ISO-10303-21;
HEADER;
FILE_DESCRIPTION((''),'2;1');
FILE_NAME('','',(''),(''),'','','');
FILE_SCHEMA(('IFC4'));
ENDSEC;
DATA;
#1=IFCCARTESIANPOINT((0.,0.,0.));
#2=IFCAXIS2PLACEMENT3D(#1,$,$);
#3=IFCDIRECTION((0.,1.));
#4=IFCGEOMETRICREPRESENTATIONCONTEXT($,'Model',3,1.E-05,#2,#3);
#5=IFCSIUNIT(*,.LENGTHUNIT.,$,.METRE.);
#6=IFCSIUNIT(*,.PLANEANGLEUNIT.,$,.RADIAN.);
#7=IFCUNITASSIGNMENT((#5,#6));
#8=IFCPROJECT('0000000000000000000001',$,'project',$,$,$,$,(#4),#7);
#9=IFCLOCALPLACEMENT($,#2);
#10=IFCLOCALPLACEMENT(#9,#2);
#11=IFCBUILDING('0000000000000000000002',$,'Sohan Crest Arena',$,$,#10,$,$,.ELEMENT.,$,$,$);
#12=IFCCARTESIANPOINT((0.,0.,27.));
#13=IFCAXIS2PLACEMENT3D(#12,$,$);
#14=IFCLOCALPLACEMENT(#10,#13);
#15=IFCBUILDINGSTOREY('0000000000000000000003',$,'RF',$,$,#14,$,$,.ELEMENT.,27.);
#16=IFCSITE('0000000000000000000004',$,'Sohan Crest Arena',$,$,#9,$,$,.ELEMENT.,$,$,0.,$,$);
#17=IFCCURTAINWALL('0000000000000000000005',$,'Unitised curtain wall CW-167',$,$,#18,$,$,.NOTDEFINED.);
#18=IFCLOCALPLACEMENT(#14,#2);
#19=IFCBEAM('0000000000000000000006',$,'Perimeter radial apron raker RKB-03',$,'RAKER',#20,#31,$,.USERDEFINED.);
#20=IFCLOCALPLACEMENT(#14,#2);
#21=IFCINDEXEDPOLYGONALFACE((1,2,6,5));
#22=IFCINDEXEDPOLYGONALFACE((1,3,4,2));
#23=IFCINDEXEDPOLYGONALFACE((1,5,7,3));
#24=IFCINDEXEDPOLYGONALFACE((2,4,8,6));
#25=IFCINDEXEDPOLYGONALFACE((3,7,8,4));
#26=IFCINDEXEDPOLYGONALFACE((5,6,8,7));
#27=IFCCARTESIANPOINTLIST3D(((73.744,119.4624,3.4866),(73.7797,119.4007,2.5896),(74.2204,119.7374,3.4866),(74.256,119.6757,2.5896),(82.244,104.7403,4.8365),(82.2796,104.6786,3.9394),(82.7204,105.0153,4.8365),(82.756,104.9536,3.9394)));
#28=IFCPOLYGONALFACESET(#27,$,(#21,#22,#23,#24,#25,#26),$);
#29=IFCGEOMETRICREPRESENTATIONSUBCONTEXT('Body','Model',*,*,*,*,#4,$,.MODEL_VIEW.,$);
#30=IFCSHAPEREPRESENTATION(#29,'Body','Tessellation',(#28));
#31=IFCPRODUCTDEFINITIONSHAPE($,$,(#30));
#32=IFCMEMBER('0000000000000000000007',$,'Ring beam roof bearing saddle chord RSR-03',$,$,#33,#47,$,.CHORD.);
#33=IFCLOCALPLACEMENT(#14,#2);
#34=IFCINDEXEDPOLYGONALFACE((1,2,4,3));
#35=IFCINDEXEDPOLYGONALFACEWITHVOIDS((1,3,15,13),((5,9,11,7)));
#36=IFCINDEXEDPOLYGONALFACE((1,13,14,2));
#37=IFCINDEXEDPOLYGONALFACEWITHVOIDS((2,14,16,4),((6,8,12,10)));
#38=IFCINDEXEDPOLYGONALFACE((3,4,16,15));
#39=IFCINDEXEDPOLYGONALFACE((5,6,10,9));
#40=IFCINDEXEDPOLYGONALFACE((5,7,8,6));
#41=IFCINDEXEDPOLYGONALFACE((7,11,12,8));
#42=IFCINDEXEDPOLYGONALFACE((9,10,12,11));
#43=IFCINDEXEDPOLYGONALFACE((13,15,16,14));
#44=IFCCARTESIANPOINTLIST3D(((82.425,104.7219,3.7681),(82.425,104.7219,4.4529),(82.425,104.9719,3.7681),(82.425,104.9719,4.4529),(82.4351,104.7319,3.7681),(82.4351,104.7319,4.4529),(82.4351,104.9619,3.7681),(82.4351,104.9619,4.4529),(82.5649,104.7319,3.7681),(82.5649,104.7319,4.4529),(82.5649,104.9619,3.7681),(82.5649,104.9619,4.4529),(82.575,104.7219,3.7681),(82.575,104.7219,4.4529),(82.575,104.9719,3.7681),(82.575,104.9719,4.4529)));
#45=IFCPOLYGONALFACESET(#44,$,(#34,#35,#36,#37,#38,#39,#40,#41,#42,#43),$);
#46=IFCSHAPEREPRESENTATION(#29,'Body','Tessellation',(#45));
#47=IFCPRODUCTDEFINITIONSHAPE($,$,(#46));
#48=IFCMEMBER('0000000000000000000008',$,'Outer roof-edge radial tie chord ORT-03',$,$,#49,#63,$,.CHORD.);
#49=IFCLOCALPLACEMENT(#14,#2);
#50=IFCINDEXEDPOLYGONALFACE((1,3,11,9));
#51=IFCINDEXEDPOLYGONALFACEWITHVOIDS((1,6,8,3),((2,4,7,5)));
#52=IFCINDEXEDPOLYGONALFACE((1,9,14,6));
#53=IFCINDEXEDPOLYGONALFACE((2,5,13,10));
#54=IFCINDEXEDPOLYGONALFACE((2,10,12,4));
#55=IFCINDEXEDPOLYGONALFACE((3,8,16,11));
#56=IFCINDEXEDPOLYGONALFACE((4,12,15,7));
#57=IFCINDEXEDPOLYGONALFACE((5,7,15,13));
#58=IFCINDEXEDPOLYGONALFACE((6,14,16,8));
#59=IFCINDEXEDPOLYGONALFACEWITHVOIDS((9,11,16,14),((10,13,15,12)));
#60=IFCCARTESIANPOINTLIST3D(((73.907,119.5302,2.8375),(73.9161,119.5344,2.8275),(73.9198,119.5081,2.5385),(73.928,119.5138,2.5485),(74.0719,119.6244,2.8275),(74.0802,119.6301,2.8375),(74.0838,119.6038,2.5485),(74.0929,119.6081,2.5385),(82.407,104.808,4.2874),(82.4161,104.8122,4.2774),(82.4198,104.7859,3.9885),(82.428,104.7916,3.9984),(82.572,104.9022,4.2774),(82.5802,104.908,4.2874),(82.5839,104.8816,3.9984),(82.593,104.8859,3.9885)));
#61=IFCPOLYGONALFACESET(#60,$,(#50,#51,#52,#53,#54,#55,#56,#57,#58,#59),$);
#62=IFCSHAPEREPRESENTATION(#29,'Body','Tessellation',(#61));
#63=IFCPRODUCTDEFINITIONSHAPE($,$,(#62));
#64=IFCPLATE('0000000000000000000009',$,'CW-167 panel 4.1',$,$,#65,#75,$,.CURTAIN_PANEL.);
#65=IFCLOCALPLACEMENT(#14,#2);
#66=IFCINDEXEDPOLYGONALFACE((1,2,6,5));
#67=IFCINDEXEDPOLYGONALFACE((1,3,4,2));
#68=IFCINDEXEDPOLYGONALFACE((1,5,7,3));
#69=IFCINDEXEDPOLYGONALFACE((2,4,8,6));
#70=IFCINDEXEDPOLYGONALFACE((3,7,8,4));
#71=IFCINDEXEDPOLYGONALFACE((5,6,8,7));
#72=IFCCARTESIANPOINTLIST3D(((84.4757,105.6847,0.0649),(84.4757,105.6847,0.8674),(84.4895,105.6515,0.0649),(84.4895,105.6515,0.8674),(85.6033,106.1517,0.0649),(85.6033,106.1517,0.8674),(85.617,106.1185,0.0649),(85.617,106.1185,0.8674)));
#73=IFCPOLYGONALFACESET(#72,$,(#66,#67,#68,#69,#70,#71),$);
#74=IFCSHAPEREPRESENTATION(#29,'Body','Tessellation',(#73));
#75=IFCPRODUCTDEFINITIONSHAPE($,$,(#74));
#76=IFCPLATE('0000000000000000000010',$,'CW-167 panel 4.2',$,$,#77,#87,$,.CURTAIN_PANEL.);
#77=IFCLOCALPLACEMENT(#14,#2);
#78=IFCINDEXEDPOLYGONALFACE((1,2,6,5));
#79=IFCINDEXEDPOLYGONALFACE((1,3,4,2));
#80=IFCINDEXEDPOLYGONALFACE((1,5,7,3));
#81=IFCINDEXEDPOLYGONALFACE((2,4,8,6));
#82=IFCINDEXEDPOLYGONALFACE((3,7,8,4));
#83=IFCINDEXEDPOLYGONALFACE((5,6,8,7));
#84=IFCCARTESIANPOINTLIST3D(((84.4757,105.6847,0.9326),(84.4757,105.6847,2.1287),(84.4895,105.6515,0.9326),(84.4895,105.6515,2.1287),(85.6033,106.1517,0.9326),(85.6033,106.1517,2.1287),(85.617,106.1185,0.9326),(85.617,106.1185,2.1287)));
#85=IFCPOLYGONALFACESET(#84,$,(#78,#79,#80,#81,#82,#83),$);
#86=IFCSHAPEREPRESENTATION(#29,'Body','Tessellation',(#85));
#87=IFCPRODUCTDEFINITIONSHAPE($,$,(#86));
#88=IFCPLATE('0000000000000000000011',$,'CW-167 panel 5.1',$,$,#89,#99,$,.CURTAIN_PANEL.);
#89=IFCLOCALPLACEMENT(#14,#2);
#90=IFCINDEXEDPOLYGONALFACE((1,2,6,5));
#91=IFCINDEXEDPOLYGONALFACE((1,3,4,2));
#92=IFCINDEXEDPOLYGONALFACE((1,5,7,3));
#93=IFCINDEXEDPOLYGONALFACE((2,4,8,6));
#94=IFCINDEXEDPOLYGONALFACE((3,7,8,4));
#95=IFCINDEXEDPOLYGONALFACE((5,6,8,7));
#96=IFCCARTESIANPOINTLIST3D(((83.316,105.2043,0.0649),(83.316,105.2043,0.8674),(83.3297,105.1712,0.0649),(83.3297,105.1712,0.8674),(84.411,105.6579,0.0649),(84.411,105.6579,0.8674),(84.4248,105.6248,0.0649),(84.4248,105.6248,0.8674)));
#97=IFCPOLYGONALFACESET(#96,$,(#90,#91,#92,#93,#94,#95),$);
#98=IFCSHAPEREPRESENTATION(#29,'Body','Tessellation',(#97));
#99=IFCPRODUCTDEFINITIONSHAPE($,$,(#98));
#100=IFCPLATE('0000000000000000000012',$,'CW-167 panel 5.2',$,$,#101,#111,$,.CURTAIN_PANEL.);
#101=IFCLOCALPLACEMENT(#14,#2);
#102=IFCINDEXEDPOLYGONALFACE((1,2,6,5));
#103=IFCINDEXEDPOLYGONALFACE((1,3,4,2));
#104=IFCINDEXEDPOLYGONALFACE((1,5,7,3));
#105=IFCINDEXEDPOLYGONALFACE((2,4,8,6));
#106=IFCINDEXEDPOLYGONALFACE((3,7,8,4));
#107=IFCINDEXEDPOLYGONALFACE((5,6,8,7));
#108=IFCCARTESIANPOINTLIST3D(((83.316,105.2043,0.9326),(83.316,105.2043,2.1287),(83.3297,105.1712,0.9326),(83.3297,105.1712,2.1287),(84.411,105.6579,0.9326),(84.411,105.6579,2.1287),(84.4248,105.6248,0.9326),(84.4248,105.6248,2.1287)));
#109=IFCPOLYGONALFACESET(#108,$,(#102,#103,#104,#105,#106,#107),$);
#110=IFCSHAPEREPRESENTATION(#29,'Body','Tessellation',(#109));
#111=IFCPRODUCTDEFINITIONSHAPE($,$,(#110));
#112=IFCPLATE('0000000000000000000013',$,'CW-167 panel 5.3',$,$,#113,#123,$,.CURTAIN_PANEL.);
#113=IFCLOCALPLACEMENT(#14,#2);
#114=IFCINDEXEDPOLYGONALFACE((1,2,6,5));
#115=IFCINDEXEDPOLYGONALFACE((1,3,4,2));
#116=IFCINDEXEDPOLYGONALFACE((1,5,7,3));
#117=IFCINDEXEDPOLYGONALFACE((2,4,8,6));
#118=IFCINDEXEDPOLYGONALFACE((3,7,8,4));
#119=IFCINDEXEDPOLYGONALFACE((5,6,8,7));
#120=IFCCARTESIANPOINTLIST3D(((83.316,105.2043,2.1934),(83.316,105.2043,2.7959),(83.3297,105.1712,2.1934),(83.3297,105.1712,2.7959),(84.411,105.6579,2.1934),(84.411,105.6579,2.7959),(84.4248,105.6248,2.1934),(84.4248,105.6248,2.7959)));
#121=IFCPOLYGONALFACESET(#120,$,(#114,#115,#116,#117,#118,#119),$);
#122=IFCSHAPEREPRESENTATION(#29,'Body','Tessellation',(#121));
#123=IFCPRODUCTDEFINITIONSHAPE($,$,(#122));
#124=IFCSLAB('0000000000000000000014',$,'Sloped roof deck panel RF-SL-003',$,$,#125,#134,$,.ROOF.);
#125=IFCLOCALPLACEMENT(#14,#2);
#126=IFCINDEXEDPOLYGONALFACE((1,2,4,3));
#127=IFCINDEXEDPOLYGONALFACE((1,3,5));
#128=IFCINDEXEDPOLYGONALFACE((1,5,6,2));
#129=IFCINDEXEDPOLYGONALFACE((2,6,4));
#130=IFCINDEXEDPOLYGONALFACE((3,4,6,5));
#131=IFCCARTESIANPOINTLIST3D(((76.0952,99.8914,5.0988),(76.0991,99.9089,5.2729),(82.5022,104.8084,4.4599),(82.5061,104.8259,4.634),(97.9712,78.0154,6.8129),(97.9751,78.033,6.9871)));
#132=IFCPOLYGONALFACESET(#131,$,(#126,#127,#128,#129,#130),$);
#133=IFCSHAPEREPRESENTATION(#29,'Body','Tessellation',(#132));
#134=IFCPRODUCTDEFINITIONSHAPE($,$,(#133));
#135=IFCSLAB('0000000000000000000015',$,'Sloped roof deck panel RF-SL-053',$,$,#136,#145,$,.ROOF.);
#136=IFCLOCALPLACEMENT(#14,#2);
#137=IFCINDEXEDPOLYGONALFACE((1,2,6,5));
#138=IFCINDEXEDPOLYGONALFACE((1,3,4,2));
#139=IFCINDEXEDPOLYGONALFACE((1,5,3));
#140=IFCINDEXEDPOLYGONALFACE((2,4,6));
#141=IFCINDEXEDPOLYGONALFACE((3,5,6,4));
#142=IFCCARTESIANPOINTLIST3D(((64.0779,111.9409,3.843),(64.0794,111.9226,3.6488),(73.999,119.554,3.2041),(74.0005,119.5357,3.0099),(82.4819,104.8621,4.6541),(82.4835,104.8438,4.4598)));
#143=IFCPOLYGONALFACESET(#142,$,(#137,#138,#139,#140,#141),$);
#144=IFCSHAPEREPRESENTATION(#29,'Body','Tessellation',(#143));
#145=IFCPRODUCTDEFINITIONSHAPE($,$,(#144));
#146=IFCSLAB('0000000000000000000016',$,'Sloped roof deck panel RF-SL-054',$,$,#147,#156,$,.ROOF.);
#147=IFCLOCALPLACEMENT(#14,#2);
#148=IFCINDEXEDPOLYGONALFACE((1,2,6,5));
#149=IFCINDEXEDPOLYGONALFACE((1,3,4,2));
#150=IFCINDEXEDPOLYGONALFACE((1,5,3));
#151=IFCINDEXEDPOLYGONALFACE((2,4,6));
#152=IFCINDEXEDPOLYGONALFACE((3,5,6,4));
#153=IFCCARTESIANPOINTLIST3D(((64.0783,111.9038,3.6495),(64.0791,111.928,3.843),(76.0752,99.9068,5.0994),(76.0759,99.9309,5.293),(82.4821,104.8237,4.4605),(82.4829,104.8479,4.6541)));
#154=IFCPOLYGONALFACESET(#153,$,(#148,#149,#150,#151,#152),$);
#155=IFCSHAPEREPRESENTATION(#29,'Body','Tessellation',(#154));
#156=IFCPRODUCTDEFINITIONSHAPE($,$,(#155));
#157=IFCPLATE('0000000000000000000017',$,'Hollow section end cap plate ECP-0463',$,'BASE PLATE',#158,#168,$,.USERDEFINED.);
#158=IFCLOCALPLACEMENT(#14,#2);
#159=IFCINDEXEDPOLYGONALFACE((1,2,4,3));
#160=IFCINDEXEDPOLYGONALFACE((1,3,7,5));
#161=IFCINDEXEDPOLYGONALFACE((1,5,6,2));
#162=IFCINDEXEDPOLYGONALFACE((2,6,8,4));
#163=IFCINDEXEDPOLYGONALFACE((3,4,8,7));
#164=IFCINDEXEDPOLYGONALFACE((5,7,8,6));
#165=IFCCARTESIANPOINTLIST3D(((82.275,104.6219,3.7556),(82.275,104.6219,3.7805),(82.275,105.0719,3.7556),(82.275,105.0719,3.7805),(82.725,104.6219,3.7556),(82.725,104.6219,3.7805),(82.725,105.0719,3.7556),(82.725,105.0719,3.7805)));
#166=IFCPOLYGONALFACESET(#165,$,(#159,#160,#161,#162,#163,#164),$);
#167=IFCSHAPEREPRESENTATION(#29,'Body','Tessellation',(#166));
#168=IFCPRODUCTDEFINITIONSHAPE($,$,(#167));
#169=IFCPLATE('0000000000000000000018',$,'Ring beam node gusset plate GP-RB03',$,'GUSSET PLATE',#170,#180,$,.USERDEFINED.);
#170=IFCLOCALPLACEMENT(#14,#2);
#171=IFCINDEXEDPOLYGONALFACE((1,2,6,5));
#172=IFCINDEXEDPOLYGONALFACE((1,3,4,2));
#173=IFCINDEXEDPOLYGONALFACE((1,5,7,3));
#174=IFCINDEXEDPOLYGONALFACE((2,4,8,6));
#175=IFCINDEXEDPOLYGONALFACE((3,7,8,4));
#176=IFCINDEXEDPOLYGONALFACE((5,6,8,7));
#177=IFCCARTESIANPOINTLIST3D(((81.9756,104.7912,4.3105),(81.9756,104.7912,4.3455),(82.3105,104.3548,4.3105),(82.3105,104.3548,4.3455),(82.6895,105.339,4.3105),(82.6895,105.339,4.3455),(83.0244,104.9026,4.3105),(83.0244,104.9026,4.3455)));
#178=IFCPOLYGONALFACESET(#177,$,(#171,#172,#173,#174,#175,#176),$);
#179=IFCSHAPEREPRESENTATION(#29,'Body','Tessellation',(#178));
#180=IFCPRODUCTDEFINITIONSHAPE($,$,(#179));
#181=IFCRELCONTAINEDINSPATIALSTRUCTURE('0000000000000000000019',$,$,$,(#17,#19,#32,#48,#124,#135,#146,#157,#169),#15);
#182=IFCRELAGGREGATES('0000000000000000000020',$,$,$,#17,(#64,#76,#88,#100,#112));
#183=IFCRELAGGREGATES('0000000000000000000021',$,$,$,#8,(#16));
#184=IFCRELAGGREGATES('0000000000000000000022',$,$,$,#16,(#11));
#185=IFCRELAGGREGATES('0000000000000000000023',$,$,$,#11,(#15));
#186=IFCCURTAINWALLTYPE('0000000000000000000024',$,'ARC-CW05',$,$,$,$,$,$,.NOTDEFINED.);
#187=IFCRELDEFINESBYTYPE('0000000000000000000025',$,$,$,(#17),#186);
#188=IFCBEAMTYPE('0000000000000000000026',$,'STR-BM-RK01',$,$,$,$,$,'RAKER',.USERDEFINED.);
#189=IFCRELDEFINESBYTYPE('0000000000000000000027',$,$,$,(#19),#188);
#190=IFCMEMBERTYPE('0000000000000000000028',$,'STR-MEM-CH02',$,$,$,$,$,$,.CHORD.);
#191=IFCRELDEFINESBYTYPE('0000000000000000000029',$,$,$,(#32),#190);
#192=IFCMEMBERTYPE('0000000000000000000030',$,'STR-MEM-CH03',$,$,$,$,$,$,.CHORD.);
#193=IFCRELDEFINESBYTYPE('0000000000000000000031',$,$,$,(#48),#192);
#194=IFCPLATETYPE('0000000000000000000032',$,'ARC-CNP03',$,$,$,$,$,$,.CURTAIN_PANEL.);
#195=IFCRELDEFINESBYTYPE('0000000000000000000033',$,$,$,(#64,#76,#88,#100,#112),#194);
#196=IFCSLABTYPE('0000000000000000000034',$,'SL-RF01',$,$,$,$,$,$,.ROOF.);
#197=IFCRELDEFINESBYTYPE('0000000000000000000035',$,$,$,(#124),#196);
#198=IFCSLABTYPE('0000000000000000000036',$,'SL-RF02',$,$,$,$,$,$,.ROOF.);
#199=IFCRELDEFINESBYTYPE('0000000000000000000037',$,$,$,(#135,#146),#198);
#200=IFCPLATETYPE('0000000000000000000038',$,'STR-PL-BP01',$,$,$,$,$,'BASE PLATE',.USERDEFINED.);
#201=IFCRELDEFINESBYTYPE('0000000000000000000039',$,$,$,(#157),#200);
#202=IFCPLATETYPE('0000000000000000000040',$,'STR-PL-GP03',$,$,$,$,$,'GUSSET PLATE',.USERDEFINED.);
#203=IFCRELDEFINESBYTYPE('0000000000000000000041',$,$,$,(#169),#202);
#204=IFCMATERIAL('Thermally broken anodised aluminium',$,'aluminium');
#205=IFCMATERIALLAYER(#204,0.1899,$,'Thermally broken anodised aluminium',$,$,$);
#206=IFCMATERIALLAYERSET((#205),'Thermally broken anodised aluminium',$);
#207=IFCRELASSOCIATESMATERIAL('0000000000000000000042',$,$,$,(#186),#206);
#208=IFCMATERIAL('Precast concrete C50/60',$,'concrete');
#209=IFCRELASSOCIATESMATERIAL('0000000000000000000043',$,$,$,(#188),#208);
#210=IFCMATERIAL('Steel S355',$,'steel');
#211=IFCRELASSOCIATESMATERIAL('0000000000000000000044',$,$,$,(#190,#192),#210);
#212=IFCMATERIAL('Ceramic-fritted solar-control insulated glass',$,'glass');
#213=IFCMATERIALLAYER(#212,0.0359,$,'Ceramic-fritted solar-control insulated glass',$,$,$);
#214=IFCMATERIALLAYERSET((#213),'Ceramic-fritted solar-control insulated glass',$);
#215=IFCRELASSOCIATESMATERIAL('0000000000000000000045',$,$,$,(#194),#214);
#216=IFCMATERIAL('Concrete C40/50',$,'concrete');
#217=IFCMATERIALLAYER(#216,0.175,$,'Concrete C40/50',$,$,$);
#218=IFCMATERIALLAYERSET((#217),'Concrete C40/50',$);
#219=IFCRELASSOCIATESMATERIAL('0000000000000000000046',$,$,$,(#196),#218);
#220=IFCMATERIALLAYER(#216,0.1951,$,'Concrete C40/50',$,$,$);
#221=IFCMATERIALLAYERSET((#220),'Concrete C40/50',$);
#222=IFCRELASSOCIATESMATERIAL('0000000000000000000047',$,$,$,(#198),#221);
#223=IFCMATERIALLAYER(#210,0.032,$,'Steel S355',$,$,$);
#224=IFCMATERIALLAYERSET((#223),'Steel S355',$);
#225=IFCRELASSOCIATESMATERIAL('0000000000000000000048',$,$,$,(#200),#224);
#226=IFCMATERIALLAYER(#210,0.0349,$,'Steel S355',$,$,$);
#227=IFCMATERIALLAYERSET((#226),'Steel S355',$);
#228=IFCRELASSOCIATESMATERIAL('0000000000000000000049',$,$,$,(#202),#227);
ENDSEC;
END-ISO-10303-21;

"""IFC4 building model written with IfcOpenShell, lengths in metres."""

from ifc_helpers import new_model, si_unit, direction, frame, origin, origin_2d, place, context, subcontext, project, spatial, polyline, rectangle, hollow_rectangle, outline, extrude, material, layer, layer_set, material_profile, profile_set, type_object, element, aggregate, save


model = new_model("IFC4")

# Units and contexts
model_context = context("Model", 3, precision=1e-05, world=origin(), true_north=direction((0.0, 1.0)))
body_context = subcontext(model_context, "Body", "Model", "MODEL_VIEW")
ifc_project = project(units=[si_unit("LENGTHUNIT", "METRE"), si_unit("PLANEANGLEUNIT", "RADIAN")], contexts=[model_context])

# Site, building, storey
site_placement = place(None, origin())
site = spatial("IfcSite", under=ifc_project, at=site_placement, Name="Sohan Crest Arena", CompositionType="ELEMENT", RefElevation=0.0)
building_placement = place(site_placement, origin())
building = spatial("IfcBuilding", under=site, at=building_placement, Name="Sohan Crest Arena", CompositionType="ELEMENT")
storey_placement = place(building_placement, frame((0.0, 0.0, 27.0)))
storey = spatial("IfcBuildingStorey", under=building, at=storey_placement, Name="RF", CompositionType="ELEMENT", Elevation=27.0)

# Shared definitions
ifc_material_1 = material(Name="Concrete C40/50", Category="concrete")

# Curtain wall
ifc_material_2 = material(Name="Thermally broken anodised aluminium", Category="aluminium")
ifc_layer_1 = layer(ifc_material_2, 0.1899, Name="Thermally broken anodised aluminium")
ifc_layer_set_1 = layer_set([ifc_layer_1], Name="Thermally broken anodised aluminium")
curtain_wall_type = type_object("IfcCurtainWallType", Name="ARC-CW05", PredefinedType="NOTDEFINED", material=ifc_layer_set_1)
curtain_wall_1_placement = place(storey_placement, origin())
curtain_wall_1 = element("IfcCurtainWall", 1, at=curtain_wall_1_placement, inside=storey, type_object=curtain_wall_type, Name="Unitised curtain wall CW-167", PredefinedType="NOTDEFINED")

# Beam
ifc_material_3 = material(Name="Steel S355", Category="steel")
ifc_material_4 = material(Name="Precast concrete C50/60", Category="concrete")
ifc_material_profile_1 = material_profile(ifc_material_4, rectangle(XDim=0.55, YDim=0.8999, at=origin_2d()), Name="RAKER 550x900")
ifc_profile_set_1 = profile_set([ifc_material_profile_1], Name="Precast concrete C50/60")
beam_type_1 = type_object("IfcBeamType", Name="STR-BM-RK01", ElementType="RAKER", PredefinedType="USERDEFINED", material=ifc_profile_set_1)
beam_1_placement = place(storey_placement, frame((82.5, 104.8469, 4.3879), z_axis=(-0.498438, 0.863304, -0.079155), x_axis=(-0.866022, -0.500007, 0.0)))
element("IfcBeam", 2, at=beam_1_placement, inside=storey, type_object=beam_type_1, Name="Perimeter radial apron raker RKB-03", ObjectType="RAKER", PredefinedType="USERDEFINED", context=body_context, shape_type="SweptSolid", body=[
    extrude(rectangle(XDim=0.55, YDim=0.8999, at=origin_2d()), origin(), (0.0, 0.0, 1.0), 17.0532),
])

# Members
ifc_material_profile_2 = material_profile(ifc_material_3, hollow_rectangle(XDim=0.1499, YDim=0.25, WallThickness=0.01, at=origin_2d()), Name="RHS 250x150x10")
ifc_profile_set_2 = profile_set([ifc_material_profile_2], Name="Steel S355")
member_type_1 = type_object("IfcMemberType", Name="STR-MEM-CH02", PredefinedType="CHORD", material=ifc_profile_set_2)
member_1_placement = place(storey_placement, frame((82.5, 104.8469, 3.7681), z_axis=(0.0, 0.0, 1.0), x_axis=(1.0, 0.0, 0.0)))
element("IfcMember", 3, at=member_1_placement, inside=storey, type_object=member_type_1, Name="Ring beam roof bearing saddle chord RSR-03", PredefinedType="CHORD", context=body_context, shape_type="SweptSolid", body=[
    extrude(hollow_rectangle(XDim=0.1499, YDim=0.25, WallThickness=0.01, at=origin_2d()), origin(), (0.0, 0.0, 1.0), 0.6848),
])
ifc_material_profile_3 = material_profile(ifc_material_3, hollow_rectangle(XDim=0.2, YDim=0.3, WallThickness=0.01, at=origin_2d()), Name="RHS 300x200x10")
ifc_profile_set_3 = profile_set([ifc_material_profile_3], Name="Steel S355")
member_type_2 = type_object("IfcMemberType", Name="STR-MEM-CH03", PredefinedType="CHORD", material=ifc_profile_set_3)
member_2_placement = place(storey_placement, frame((82.5, 104.8469, 4.1379), z_axis=(-0.498198, 0.862889, -0.084984), x_axis=(-0.866022, -0.500007, 0.0)))
element("IfcMember", 4, at=member_2_placement, inside=storey, type_object=member_type_2, Name="Outer roof-edge radial tie chord ORT-03", PredefinedType="CHORD", context=body_context, shape_type="SweptSolid", body=[
    extrude(hollow_rectangle(XDim=0.2, YDim=0.3, WallThickness=0.01, at=origin_2d()), origin(), (0.0, 0.0, 1.0), 17.0615),
])

# Plates
ifc_material_5 = material(Name="Ceramic-fritted solar-control insulated glass", Category="glass")
ifc_layer_2 = layer(ifc_material_5, 0.0359, Name="Ceramic-fritted solar-control insulated glass")
ifc_layer_set_2 = layer_set([ifc_layer_2], Name="Ceramic-fritted solar-control insulated glass")
plate_type_1 = type_object("IfcPlateType", Name="ARC-CNP03", PredefinedType="CURTAIN_PANEL", material=ifc_layer_set_2)
plate_1_placement = place(storey_placement, frame((85.0464, 105.9016, 0.0649), z_axis=(0.0, 0.0, 1.0), x_axis=(-0.923886, -0.382667, 0.0)))
plate_1 = element("IfcPlate", 5, at=plate_1_placement, type_object=plate_type_1, Name="CW-167 panel 4.1", PredefinedType="CURTAIN_PANEL", context=body_context, shape_type="SweptSolid", body=[
    extrude(rectangle(XDim=1.2205, YDim=0.0359, at=origin_2d()), origin(), (0.0, 0.0, 1.0), 0.8025),
])
plate_2_placement = place(storey_placement, frame((85.0464, 105.9016, 0.9326), z_axis=(0.0, 0.0, 1.0), x_axis=(-0.923886, -0.382667, 0.0)))
plate_2 = element("IfcPlate", 6, at=plate_2_placement, type_object=plate_type_1, Name="CW-167 panel 4.2", PredefinedType="CURTAIN_PANEL", context=body_context, shape_type="SweptSolid", body=[
    extrude(rectangle(XDim=1.2205, YDim=0.0359, at=origin_2d()), origin(), (0.0, 0.0, 1.0), 1.196),
])
plate_3_placement = place(storey_placement, frame((83.8704, 105.4146, 0.0649), z_axis=(0.0, 0.0, 1.0), x_axis=(-0.923886, -0.382667, 0.0)))
plate_3 = element("IfcPlate", 7, at=plate_3_placement, type_object=plate_type_1, Name="CW-167 panel 5.1", PredefinedType="CURTAIN_PANEL", context=body_context, shape_type="SweptSolid", body=[
    extrude(rectangle(XDim=1.1853, YDim=0.0359, at=origin_2d()), origin(), (0.0, 0.0, 1.0), 0.8025),
])
plate_4_placement = place(storey_placement, frame((83.8704, 105.4146, 0.9326), z_axis=(0.0, 0.0, 1.0), x_axis=(-0.923886, -0.382667, 0.0)))
plate_4 = element("IfcPlate", 8, at=plate_4_placement, type_object=plate_type_1, Name="CW-167 panel 5.2", PredefinedType="CURTAIN_PANEL", context=body_context, shape_type="SweptSolid", body=[
    extrude(rectangle(XDim=1.1853, YDim=0.0359, at=origin_2d()), origin(), (0.0, 0.0, 1.0), 1.196),
])
plate_5_placement = place(storey_placement, frame((83.8704, 105.4146, 2.1934), z_axis=(0.0, 0.0, 1.0), x_axis=(-0.923886, -0.382667, 0.0)))
plate_5 = element("IfcPlate", 9, at=plate_5_placement, type_object=plate_type_1, Name="CW-167 panel 5.3", PredefinedType="CURTAIN_PANEL", context=body_context, shape_type="SweptSolid", body=[
    extrude(rectangle(XDim=1.1853, YDim=0.0359, at=origin_2d()), origin(), (0.0, 0.0, 1.0), 0.6025),
])
aggregate(curtain_wall_1, [plate_1, plate_2, plate_3, plate_4, plate_5])

# Slabs
ifc_layer_3 = layer(ifc_material_1, 0.175, Name="Concrete C40/50")
ifc_layer_set_3 = layer_set([ifc_layer_3], Name="Concrete C40/50")
slab_type_1 = type_object("IfcSlabType", Name="SL-RF01", PredefinedType="ROOF", material=ifc_layer_set_3)
slab_1_placement = place(storey_placement, frame((82.5061, 104.8259, 4.634), z_axis=(0.02228, 0.100222, 0.994716), x_axis=(-0.790838, -0.606923, 0.078864)))
element("IfcSlab", 10, at=slab_1_placement, inside=storey, type_object=slab_type_1, Name="Sloped roof deck panel RF-SL-003", PredefinedType="ROOF", context=body_context, shape_type="SweptSolid", body=[
    extrude(outline(polyline([(0.0, 0.0), (8.1015, 0.0), (4.2134, 30.7398), (0.0, 0.0)])), origin(), (0.0, 0.0, -1.0), 0.175),
])
ifc_layer_4 = layer(ifc_material_1, 0.1951, Name="Concrete C40/50")
ifc_layer_set_4 = layer_set([ifc_layer_4], Name="Concrete C40/50")
slab_type_2 = type_object("IfcSlabType", Name="SL-RF02", PredefinedType="ROOF", material=ifc_layer_set_4)
slab_2_placement = place(storey_placement, frame((82.4819, 104.8621, 4.6541), z_axis=(-0.007817, 0.093739, 0.995566), x_axis=(-0.498208, 0.862866, -0.085157)))
element("IfcSlab", 11, at=slab_2_placement, inside=storey, type_object=slab_type_2, Name="Sloped roof deck panel RF-SL-053", PredefinedType="ROOF", context=body_context, shape_type="SweptSolid", body=[
    extrude(outline(polyline([(0.0, 0.0), (17.0269, 0.0), (15.3462, 12.4085), (0.0, 0.0)])), origin(), (0.0, 0.0, -1.0), 0.1951),
])
slab_3_placement = place(storey_placement, frame((82.4829, 104.8479, 4.6541), z_axis=(0.003913, 0.12384, 0.992294), x_axis=(-0.932528, 0.35875, -0.041095)))
element("IfcSlab", 12, at=slab_3_placement, inside=storey, type_object=slab_type_2, Name="Sloped roof deck panel RF-SL-054", PredefinedType="ROOF", context=body_context, shape_type="SweptSolid", body=[
    extrude(outline(polyline([(0.0, 0.0), (19.7354, 0.0), (4.1845, 6.9372), (0.0, 0.0)])), origin(), (0.0, 0.0, -1.0), 0.1951),
])

# Plates
ifc_layer_5 = layer(ifc_material_3, 0.032, Name="Steel S355")
ifc_layer_set_5 = layer_set([ifc_layer_5], Name="Steel S355")
plate_type_2 = type_object("IfcPlateType", Name="STR-PL-BP01", ElementType="BASE PLATE", PredefinedType="USERDEFINED", material=ifc_layer_set_5)
plate_6_placement = place(storey_placement, frame((82.5, 104.8469, 3.7556), z_axis=(0.0, 0.0, 1.0), x_axis=(1.0, 0.0, 0.0)))
element("IfcPlate", 13, at=plate_6_placement, inside=storey, type_object=plate_type_2, Name="Hollow section end cap plate ECP-0463", ObjectType="BASE PLATE", PredefinedType="USERDEFINED", context=body_context, shape_type="SweptSolid", body=[
    extrude(rectangle(XDim=0.45, YDim=0.45, at=origin_2d()), origin(), (0.0, 0.0, 1.0), 0.0249),
])
ifc_layer_6 = layer(ifc_material_3, 0.0349, Name="Steel S355")
ifc_layer_set_6 = layer_set([ifc_layer_6], Name="Steel S355")
plate_type_3 = type_object("IfcPlateType", Name="STR-PL-GP03", ElementType="GUSSET PLATE", PredefinedType="USERDEFINED", material=ifc_layer_set_6)
plate_7_placement = place(storey_placement, frame((82.5, 104.8469, 4.3105), z_axis=(0.0, 0.0, 1.0), x_axis=(0.793353, 0.608761, 0.0)))
element("IfcPlate", 14, at=plate_7_placement, inside=storey, type_object=plate_type_3, Name="Ring beam node gusset plate GP-RB03", ObjectType="GUSSET PLATE", PredefinedType="USERDEFINED", context=body_context, shape_type="SweptSolid", body=[
    extrude(rectangle(XDim=0.8999, YDim=0.55, at=origin_2d()), origin(), (0.0, 0.0, 1.0), 0.0349),
])

save(model, "model.ifc")
